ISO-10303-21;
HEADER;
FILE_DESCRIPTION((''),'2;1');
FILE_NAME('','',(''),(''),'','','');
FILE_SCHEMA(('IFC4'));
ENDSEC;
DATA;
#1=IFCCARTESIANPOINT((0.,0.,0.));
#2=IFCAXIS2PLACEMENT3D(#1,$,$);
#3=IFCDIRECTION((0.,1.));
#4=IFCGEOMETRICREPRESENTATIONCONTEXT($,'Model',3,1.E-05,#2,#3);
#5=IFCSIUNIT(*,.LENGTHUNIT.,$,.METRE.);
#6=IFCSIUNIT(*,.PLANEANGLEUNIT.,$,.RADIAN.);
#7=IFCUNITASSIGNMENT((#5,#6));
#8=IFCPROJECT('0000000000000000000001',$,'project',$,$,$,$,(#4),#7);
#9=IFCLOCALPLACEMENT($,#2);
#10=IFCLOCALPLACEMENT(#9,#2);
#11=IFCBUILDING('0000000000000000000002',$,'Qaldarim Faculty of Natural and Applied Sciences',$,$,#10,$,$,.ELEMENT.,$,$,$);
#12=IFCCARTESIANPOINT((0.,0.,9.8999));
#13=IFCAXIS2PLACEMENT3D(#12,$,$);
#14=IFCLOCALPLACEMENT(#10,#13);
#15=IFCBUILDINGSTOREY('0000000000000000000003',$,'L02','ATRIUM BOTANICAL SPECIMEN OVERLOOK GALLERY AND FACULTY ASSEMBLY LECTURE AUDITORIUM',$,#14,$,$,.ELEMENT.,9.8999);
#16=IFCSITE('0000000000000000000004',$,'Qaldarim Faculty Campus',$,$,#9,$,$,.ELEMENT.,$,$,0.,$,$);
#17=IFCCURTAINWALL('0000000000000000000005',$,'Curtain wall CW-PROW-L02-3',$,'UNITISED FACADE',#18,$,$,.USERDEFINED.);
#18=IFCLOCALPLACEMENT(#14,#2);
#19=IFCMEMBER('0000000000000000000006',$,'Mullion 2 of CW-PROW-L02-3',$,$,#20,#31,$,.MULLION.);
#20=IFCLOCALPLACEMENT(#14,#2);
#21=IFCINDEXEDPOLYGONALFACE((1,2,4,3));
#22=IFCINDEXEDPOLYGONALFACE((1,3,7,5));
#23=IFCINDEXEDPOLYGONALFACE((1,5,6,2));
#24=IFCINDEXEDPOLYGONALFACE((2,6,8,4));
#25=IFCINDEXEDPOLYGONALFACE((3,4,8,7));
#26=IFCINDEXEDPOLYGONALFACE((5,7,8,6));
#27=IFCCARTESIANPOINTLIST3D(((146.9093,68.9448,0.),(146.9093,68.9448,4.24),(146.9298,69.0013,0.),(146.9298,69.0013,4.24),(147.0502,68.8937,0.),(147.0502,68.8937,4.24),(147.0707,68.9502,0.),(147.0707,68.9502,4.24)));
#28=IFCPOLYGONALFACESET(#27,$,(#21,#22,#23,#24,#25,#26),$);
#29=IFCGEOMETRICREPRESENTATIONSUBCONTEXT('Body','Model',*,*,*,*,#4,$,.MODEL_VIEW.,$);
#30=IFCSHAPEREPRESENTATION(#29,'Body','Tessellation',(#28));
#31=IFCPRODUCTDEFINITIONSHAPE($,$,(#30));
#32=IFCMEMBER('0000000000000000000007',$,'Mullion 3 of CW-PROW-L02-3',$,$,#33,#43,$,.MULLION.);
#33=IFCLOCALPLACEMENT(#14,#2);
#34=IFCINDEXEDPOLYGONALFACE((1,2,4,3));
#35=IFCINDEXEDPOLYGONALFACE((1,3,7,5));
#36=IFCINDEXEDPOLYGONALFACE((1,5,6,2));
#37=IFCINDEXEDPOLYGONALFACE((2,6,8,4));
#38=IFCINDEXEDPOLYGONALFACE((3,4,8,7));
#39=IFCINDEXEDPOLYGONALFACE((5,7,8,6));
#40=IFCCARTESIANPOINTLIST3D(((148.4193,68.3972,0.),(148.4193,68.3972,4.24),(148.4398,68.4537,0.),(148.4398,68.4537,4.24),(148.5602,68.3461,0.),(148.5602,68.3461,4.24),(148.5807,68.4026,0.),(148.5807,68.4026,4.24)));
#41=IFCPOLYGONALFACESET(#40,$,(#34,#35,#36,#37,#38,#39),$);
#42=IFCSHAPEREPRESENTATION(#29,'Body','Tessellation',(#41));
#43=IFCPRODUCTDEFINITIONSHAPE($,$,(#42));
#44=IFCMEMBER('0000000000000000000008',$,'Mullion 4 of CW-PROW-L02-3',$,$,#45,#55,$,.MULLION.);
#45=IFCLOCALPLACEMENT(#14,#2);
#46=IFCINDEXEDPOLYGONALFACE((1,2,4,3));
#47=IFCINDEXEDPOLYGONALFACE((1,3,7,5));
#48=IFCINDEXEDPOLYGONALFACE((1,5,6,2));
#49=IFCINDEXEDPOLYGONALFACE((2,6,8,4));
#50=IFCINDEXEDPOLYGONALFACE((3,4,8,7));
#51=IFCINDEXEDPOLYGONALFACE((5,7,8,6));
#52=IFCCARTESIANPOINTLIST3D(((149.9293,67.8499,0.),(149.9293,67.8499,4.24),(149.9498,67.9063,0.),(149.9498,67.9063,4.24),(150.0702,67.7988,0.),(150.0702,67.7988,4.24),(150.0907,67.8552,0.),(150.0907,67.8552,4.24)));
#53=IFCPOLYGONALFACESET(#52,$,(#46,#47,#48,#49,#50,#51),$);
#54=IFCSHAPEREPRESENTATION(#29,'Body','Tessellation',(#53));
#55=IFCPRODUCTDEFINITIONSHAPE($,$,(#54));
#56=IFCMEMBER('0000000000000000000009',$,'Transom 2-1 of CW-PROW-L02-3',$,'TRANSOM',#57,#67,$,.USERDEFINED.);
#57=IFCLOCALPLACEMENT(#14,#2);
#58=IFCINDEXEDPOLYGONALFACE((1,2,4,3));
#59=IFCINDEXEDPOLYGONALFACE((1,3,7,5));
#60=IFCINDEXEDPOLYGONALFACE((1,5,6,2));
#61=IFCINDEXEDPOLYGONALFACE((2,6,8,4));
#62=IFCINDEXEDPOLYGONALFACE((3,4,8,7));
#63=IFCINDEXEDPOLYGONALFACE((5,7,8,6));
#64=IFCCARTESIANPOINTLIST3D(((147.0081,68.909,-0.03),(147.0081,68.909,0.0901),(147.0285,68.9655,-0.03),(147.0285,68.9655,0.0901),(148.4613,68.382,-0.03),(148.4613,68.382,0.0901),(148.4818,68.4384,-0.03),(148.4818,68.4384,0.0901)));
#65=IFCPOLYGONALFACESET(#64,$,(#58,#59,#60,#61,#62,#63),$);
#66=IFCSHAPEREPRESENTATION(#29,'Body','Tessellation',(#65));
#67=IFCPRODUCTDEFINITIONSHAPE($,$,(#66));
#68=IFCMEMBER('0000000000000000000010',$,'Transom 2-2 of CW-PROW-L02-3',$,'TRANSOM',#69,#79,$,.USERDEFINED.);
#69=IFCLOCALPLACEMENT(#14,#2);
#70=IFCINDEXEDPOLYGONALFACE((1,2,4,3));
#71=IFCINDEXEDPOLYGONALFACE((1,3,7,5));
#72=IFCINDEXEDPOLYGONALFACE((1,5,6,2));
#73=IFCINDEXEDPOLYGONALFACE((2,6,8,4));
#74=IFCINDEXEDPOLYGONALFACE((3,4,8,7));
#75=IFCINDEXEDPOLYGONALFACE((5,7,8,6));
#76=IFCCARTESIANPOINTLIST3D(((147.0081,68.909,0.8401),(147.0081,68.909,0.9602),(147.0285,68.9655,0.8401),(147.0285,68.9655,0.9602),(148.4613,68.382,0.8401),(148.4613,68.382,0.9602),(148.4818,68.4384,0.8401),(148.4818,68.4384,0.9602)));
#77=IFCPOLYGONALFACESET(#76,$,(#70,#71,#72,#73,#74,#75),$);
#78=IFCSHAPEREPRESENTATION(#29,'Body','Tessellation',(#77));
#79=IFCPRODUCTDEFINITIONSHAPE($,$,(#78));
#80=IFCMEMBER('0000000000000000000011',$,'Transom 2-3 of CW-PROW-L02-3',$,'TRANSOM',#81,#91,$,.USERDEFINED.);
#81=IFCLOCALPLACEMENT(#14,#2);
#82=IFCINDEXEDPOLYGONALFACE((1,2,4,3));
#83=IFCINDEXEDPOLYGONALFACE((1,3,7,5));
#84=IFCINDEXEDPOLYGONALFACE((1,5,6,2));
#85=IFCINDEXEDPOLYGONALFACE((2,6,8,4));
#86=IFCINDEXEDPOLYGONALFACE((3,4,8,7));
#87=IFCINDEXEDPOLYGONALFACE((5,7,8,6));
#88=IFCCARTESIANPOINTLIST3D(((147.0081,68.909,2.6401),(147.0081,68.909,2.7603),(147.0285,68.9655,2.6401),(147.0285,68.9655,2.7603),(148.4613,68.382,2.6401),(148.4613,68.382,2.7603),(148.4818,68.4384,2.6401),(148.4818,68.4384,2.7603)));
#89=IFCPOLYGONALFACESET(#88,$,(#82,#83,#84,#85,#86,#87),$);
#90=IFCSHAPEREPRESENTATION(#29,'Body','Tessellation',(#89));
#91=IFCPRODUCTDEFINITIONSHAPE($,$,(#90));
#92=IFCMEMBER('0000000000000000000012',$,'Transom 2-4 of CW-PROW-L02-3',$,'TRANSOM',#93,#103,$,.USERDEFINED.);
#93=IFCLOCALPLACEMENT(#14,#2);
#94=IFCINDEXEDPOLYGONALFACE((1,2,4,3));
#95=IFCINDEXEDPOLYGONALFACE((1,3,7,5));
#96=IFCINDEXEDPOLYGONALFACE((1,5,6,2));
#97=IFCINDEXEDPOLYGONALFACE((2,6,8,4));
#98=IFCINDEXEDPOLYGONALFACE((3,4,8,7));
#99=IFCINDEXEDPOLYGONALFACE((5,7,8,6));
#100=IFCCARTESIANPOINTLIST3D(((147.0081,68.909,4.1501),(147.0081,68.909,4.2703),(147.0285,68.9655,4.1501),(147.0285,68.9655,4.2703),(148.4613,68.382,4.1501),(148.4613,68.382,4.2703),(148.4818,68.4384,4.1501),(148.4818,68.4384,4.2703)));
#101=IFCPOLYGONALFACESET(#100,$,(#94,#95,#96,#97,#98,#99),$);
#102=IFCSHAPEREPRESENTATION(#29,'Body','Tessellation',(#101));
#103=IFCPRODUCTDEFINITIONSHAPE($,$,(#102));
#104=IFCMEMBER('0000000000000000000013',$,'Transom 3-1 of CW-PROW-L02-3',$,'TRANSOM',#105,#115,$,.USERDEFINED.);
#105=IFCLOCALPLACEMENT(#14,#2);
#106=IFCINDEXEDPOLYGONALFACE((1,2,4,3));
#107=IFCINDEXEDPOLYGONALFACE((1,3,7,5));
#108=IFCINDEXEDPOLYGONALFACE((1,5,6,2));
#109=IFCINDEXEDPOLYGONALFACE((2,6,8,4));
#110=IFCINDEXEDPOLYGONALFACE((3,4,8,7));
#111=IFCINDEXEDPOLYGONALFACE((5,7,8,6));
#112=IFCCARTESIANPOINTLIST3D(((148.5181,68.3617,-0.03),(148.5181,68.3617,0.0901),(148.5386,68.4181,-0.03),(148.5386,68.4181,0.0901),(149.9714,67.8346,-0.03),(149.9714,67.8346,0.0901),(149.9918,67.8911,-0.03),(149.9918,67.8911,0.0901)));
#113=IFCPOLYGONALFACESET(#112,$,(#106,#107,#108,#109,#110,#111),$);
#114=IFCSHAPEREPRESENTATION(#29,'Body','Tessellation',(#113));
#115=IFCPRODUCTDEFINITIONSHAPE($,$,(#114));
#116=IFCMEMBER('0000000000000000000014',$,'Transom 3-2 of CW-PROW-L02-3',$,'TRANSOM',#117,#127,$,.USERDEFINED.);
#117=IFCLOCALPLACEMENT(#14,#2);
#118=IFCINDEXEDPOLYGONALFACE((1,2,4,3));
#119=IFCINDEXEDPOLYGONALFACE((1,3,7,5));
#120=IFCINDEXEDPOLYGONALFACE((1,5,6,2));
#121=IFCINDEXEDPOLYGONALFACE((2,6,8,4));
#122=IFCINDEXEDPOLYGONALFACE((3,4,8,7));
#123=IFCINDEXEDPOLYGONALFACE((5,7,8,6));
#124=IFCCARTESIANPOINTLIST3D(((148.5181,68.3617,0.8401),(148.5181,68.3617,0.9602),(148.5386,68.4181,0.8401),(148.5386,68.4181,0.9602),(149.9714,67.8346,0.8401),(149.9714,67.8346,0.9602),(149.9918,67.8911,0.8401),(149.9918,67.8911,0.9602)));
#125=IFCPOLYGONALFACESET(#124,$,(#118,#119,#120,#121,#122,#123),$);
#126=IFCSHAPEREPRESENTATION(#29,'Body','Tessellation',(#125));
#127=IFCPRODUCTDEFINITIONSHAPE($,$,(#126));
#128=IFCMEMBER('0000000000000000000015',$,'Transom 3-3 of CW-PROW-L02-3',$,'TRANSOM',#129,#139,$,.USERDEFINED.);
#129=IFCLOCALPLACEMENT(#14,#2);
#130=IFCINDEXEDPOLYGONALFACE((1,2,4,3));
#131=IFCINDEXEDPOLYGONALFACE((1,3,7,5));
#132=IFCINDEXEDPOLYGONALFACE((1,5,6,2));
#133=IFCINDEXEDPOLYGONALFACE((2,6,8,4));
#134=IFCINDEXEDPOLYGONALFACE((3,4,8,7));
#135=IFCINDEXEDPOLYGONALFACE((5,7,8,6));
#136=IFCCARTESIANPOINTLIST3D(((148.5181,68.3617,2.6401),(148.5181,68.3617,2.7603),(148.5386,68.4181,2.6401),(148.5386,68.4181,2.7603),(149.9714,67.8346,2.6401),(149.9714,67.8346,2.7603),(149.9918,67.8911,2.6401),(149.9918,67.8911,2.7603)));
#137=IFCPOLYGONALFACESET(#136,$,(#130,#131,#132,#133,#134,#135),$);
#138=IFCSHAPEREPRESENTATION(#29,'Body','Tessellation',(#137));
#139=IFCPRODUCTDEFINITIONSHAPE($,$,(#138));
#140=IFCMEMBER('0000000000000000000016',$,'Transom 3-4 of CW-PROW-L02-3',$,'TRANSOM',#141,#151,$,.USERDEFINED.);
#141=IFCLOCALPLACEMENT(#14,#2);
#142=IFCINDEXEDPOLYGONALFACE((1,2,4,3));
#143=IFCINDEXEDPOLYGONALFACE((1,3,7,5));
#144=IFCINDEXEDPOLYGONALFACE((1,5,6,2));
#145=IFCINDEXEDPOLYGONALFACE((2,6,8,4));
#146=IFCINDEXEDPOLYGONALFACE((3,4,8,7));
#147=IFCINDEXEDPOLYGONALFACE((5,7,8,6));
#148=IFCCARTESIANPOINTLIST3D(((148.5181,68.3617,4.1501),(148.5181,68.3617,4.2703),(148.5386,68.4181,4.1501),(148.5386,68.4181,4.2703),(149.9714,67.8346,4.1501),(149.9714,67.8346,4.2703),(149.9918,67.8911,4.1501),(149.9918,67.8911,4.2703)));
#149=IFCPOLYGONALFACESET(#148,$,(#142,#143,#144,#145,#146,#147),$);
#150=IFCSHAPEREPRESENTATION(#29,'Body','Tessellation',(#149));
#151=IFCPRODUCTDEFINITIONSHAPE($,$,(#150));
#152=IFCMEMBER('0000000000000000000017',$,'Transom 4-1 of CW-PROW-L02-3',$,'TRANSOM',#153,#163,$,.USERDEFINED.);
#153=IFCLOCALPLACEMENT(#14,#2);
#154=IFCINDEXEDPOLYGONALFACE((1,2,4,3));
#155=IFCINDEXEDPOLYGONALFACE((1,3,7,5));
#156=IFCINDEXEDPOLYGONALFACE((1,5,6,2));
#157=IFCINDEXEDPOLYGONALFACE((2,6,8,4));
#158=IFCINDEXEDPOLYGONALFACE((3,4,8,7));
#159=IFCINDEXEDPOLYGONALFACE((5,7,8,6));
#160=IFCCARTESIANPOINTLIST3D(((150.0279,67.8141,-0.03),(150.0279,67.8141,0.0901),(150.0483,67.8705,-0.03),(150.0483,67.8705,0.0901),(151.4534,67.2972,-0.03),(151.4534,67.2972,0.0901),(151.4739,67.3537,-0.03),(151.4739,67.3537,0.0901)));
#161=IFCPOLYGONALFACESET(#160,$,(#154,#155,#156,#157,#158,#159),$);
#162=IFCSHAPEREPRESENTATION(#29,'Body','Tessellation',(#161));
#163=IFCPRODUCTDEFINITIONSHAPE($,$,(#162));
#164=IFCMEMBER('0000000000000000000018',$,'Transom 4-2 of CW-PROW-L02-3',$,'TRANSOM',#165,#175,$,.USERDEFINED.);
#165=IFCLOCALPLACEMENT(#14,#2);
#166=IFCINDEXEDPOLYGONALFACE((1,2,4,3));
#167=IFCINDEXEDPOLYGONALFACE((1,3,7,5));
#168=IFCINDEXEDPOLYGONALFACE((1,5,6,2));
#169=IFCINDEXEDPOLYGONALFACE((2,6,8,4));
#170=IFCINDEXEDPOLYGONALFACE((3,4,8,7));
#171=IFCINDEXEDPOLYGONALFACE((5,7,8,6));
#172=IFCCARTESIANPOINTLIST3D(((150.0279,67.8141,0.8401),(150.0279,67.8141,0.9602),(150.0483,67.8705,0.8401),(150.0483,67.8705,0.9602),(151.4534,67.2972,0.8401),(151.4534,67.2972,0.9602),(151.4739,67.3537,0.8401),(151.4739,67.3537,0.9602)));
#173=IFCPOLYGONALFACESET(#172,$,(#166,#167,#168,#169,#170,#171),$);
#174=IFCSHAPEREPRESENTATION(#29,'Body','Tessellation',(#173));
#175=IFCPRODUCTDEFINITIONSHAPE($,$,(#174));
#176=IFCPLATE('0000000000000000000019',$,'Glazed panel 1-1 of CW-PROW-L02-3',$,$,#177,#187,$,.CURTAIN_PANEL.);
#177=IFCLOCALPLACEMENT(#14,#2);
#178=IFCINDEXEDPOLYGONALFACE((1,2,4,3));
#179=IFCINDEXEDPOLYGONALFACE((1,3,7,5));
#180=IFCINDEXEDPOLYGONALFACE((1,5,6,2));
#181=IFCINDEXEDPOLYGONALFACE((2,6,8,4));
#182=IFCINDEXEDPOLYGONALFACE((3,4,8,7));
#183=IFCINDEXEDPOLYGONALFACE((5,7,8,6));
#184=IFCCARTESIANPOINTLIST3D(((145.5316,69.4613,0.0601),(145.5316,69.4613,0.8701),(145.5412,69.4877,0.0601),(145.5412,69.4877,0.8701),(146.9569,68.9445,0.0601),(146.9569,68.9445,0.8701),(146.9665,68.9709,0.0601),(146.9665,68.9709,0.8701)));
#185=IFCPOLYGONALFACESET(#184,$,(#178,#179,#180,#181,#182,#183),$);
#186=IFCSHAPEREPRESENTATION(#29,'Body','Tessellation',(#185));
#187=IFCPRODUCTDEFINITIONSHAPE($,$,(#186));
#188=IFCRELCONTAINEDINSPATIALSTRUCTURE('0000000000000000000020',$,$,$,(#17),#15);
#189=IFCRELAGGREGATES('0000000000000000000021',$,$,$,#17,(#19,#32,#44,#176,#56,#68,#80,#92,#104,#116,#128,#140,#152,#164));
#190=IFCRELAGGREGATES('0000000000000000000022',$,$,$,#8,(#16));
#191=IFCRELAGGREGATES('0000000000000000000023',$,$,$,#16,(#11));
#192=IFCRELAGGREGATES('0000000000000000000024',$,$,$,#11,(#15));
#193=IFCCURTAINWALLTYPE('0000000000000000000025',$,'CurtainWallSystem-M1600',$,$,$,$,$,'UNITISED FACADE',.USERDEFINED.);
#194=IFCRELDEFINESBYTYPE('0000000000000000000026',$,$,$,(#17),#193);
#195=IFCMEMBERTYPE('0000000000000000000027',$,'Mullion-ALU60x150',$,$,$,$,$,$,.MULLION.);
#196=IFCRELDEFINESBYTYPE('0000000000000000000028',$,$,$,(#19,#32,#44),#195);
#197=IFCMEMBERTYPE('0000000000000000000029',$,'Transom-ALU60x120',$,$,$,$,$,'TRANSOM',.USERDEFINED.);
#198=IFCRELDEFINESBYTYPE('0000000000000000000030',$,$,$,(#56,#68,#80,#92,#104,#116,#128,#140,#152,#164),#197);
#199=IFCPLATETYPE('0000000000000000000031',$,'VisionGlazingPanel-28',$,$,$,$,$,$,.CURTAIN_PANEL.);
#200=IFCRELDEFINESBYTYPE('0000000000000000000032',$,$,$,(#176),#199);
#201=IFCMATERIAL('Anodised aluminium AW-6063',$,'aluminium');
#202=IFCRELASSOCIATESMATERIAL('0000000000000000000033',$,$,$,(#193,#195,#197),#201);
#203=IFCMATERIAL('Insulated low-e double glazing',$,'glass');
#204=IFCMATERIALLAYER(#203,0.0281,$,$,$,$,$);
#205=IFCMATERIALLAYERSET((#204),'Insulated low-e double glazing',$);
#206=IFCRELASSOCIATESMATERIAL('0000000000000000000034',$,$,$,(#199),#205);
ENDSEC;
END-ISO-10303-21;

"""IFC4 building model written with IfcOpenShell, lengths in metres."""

from ifc_helpers import new_model, si_unit, direction, frame, origin, origin_2d, place, context, subcontext, project, spatial, rectangle, extrude, material, layer, layer_set, material_profile, profile_set, type_object, element, aggregate, save


model = new_model("IFC4")

# Units and contexts
model_context = context("Model", 3, precision=1e-05, world=origin(), true_north=direction((0.0, 1.0)))
body_context = subcontext(model_context, "Body", "Model", "MODEL_VIEW")
ifc_project = project(units=[si_unit("LENGTHUNIT", "METRE"), si_unit("PLANEANGLEUNIT", "RADIAN")], contexts=[model_context])

# Site, building, storey
site_placement = place(None, origin())
site = spatial("IfcSite", under=ifc_project, at=site_placement, Name="Qaldarim Faculty Campus", CompositionType="ELEMENT", RefElevation=0.0)
building_placement = place(site_placement, origin())
building = spatial("IfcBuilding", under=site, at=building_placement, Name="Qaldarim Faculty of Natural and Applied Sciences", CompositionType="ELEMENT")
storey_placement = place(building_placement, frame((0.0, 0.0, 9.8999)))
storey = spatial("IfcBuildingStorey", under=building, at=storey_placement, Name="L02", Description="ATRIUM BOTANICAL SPECIMEN OVERLOOK GALLERY AND FACULTY ASSEMBLY LECTURE AUDITORIUM", CompositionType="ELEMENT", Elevation=9.8999)

# Curtain wall, members, plate
ifc_material_1 = material(Name="Anodised aluminium AW-6063", Category="aluminium")
curtain_wall_type = type_object("IfcCurtainWallType", Name="CurtainWallSystem-M1600", ElementType="UNITISED FACADE", PredefinedType="USERDEFINED", material=ifc_material_1)
curtain_wall_placement = place(storey_placement, origin())
curtain_wall = element("IfcCurtainWall", 1, at=curtain_wall_placement, inside=storey, type_object=curtain_wall_type, Name="Curtain wall CW-PROW-L02-3", ObjectType="UNITISED FACADE", PredefinedType="USERDEFINED")
ifc_material_profile_1 = material_profile(ifc_material_1, rectangle(XDim=0.0601, YDim=0.1499, at=origin_2d()), Name="ALU-M60x150")
ifc_profile_set_1 = profile_set([ifc_material_profile_1], Name="Anodised aluminium AW-6063")
member_type_1 = type_object("IfcMemberType", Name="Mullion-ALU60x150", PredefinedType="MULLION", material=ifc_profile_set_1)
member_1_placement = place(storey_placement, frame((146.99, 68.9475, 0.0), z_axis=(0.0, 0.0, 1.0), x_axis=(0.340872, 0.94011, 0.0)))
member_1 = element("IfcMember", 2, at=member_1_placement, type_object=member_type_1, Name="Mullion 2 of CW-PROW-L02-3", PredefinedType="MULLION", context=body_context, shape_type="SweptSolid", body=[
    extrude(rectangle(XDim=0.0601, YDim=0.1499, at=origin_2d()), origin(), (0.0, 0.0, 1.0), 4.24),
])
member_2_placement = place(storey_placement, frame((148.5, 68.3999, 0.0), z_axis=(0.0, 0.0, 1.0), x_axis=(0.340872, 0.94011, 0.0)))
member_2 = element("IfcMember", 3, at=member_2_placement, type_object=member_type_1, Name="Mullion 3 of CW-PROW-L02-3", PredefinedType="MULLION", context=body_context, shape_type="SweptSolid", body=[
    extrude(rectangle(XDim=0.0601, YDim=0.1499, at=origin_2d()), origin(), (0.0, 0.0, 1.0), 4.24),
])
member_3_placement = place(storey_placement, frame((150.01, 67.8525, 0.0), z_axis=(0.0, 0.0, 1.0), x_axis=(0.340872, 0.94011, 0.0)))
member_3 = element("IfcMember", 4, at=member_3_placement, type_object=member_type_1, Name="Mullion 4 of CW-PROW-L02-3", PredefinedType="MULLION", context=body_context, shape_type="SweptSolid", body=[
    extrude(rectangle(XDim=0.0601, YDim=0.1499, at=origin_2d()), origin(), (0.0, 0.0, 1.0), 4.24),
])
ifc_material_profile_2 = material_profile(ifc_material_1, rectangle(XDim=0.0601, YDim=0.1201, at=origin_2d()), Name="ALU-T60x120")
ifc_profile_set_2 = profile_set([ifc_material_profile_2], Name="Anodised aluminium AW-6063")
member_type_2 = type_object("IfcMemberType", Name="Transom-ALU60x120", ElementType="TRANSOM", PredefinedType="USERDEFINED", material=ifc_profile_set_2)
member_4_placement = place(storey_placement, frame((147.0183, 68.9373, 0.03), z_axis=(0.940084, -0.340944, 0.0), x_axis=(0.340944, 0.940084, 0.0)))
member_4 = element("IfcMember", 5, at=member_4_placement, type_object=member_type_2, Name="Transom 2-1 of CW-PROW-L02-3", ObjectType="TRANSOM", PredefinedType="USERDEFINED", context=body_context, shape_type="SweptSolid", body=[
    extrude(rectangle(XDim=0.0601, YDim=0.1201, at=origin_2d()), origin(), (0.0, 0.0, 1.0), 1.5459),
])
member_5_placement = place(storey_placement, frame((147.0183, 68.9373, 0.9001), z_axis=(0.940084, -0.340944, 0.0), x_axis=(0.340944, 0.940084, 0.0)))
member_5 = element("IfcMember", 6, at=member_5_placement, type_object=member_type_2, Name="Transom 2-2 of CW-PROW-L02-3", ObjectType="TRANSOM", PredefinedType="USERDEFINED", context=body_context, shape_type="SweptSolid", body=[
    extrude(rectangle(XDim=0.0601, YDim=0.1201, at=origin_2d()), origin(), (0.0, 0.0, 1.0), 1.5459),
])
member_6_placement = place(storey_placement, frame((147.0183, 68.9373, 2.7002), z_axis=(0.940084, -0.340944, 0.0), x_axis=(0.340944, 0.940084, 0.0)))
member_6 = element("IfcMember", 7, at=member_6_placement, type_object=member_type_2, Name="Transom 2-3 of CW-PROW-L02-3", ObjectType="TRANSOM", PredefinedType="USERDEFINED", context=body_context, shape_type="SweptSolid", body=[
    extrude(rectangle(XDim=0.0601, YDim=0.1201, at=origin_2d()), origin(), (0.0, 0.0, 1.0), 1.5459),
])
member_7_placement = place(storey_placement, frame((147.0183, 68.9373, 4.2102), z_axis=(0.940084, -0.340944, 0.0), x_axis=(0.340944, 0.940084, 0.0)))
member_7 = element("IfcMember", 8, at=member_7_placement, type_object=member_type_2, Name="Transom 2-4 of CW-PROW-L02-3", ObjectType="TRANSOM", PredefinedType="USERDEFINED", context=body_context, shape_type="SweptSolid", body=[
    extrude(rectangle(XDim=0.0601, YDim=0.1201, at=origin_2d()), origin(), (0.0, 0.0, 1.0), 1.5459),
])
member_8_placement = place(storey_placement, frame((148.5283, 68.3899, 0.03), z_axis=(0.940084, -0.340944, 0.0), x_axis=(0.340944, 0.940084, 0.0)))
member_8 = element("IfcMember", 9, at=member_8_placement, type_object=member_type_2, Name="Transom 3-1 of CW-PROW-L02-3", ObjectType="TRANSOM", PredefinedType="USERDEFINED", context=body_context, shape_type="SweptSolid", body=[
    extrude(rectangle(XDim=0.0601, YDim=0.1201, at=origin_2d()), origin(), (0.0, 0.0, 1.0), 1.5459),
])
member_9_placement = place(storey_placement, frame((148.5283, 68.3899, 0.9001), z_axis=(0.940084, -0.340944, 0.0), x_axis=(0.340944, 0.940084, 0.0)))
member_9 = element("IfcMember", 10, at=member_9_placement, type_object=member_type_2, Name="Transom 3-2 of CW-PROW-L02-3", ObjectType="TRANSOM", PredefinedType="USERDEFINED", context=body_context, shape_type="SweptSolid", body=[
    extrude(rectangle(XDim=0.0601, YDim=0.1201, at=origin_2d()), origin(), (0.0, 0.0, 1.0), 1.5459),
])
member_10_placement = place(storey_placement, frame((148.5283, 68.3899, 2.7002), z_axis=(0.940084, -0.340944, 0.0), x_axis=(0.340944, 0.940084, 0.0)))
member_10 = element("IfcMember", 11, at=member_10_placement, type_object=member_type_2, Name="Transom 3-3 of CW-PROW-L02-3", ObjectType="TRANSOM", PredefinedType="USERDEFINED", context=body_context, shape_type="SweptSolid", body=[
    extrude(rectangle(XDim=0.0601, YDim=0.1201, at=origin_2d()), origin(), (0.0, 0.0, 1.0), 1.5459),
])
member_11_placement = place(storey_placement, frame((148.5283, 68.3899, 4.2102), z_axis=(0.940084, -0.340944, 0.0), x_axis=(0.340944, 0.940084, 0.0)))
member_11 = element("IfcMember", 12, at=member_11_placement, type_object=member_type_2, Name="Transom 3-4 of CW-PROW-L02-3", ObjectType="TRANSOM", PredefinedType="USERDEFINED", context=body_context, shape_type="SweptSolid", body=[
    extrude(rectangle(XDim=0.0601, YDim=0.1201, at=origin_2d()), origin(), (0.0, 0.0, 1.0), 1.5459),
])
member_12_placement = place(storey_placement, frame((150.0381, 67.8423, 0.03), z_axis=(0.940117, -0.340851, 0.0), x_axis=(0.340851, 0.940117, 0.0)))
member_12 = element("IfcMember", 13, at=member_12_placement, type_object=member_type_2, Name="Transom 4-1 of CW-PROW-L02-3", ObjectType="TRANSOM", PredefinedType="USERDEFINED", context=body_context, shape_type="SweptSolid", body=[
    extrude(rectangle(XDim=0.0601, YDim=0.1201, at=origin_2d()), origin(), (0.0, 0.0, 1.0), 1.5164),
])
member_13_placement = place(storey_placement, frame((150.0381, 67.8423, 0.9001), z_axis=(0.940117, -0.340851, 0.0), x_axis=(0.340851, 0.940117, 0.0)))
member_13 = element("IfcMember", 14, at=member_13_placement, type_object=member_type_2, Name="Transom 4-2 of CW-PROW-L02-3", ObjectType="TRANSOM", PredefinedType="USERDEFINED", context=body_context, shape_type="SweptSolid", body=[
    extrude(rectangle(XDim=0.0601, YDim=0.1201, at=origin_2d()), origin(), (0.0, 0.0, 1.0), 1.5164),
])
ifc_material_2 = material(Name="Insulated low-e double glazing", Category="glass")
ifc_layer = layer(ifc_material_2, 0.0281)
ifc_layer_set = layer_set([ifc_layer], Name="Insulated low-e double glazing")
plate_type = type_object("IfcPlateType", Name="VisionGlazingPanel-28", PredefinedType="CURTAIN_PANEL", material=ifc_layer_set)
plate_1_placement = place(storey_placement, frame((146.249, 69.2161, 0.0601), z_axis=(0.0, 0.0, 1.0), x_axis=(0.94011, -0.340872, 0.0)))
plate_1 = element("IfcPlate", 15, at=plate_1_placement, type_object=plate_type, Name="Glazed panel 1-1 of CW-PROW-L02-3", PredefinedType="CURTAIN_PANEL", context=body_context, shape_type="SweptSolid", body=[
    extrude(rectangle(XDim=1.5161, YDim=0.0281, at=origin_2d()), origin(), (0.0, 0.0, 1.0), 0.8101),
])
aggregate(curtain_wall, [member_1, member_2, member_3, plate_1, member_4, member_5, member_6, member_7, member_8, member_9, member_10, member_11, member_12, member_13])

save(model, "model.ifc")
